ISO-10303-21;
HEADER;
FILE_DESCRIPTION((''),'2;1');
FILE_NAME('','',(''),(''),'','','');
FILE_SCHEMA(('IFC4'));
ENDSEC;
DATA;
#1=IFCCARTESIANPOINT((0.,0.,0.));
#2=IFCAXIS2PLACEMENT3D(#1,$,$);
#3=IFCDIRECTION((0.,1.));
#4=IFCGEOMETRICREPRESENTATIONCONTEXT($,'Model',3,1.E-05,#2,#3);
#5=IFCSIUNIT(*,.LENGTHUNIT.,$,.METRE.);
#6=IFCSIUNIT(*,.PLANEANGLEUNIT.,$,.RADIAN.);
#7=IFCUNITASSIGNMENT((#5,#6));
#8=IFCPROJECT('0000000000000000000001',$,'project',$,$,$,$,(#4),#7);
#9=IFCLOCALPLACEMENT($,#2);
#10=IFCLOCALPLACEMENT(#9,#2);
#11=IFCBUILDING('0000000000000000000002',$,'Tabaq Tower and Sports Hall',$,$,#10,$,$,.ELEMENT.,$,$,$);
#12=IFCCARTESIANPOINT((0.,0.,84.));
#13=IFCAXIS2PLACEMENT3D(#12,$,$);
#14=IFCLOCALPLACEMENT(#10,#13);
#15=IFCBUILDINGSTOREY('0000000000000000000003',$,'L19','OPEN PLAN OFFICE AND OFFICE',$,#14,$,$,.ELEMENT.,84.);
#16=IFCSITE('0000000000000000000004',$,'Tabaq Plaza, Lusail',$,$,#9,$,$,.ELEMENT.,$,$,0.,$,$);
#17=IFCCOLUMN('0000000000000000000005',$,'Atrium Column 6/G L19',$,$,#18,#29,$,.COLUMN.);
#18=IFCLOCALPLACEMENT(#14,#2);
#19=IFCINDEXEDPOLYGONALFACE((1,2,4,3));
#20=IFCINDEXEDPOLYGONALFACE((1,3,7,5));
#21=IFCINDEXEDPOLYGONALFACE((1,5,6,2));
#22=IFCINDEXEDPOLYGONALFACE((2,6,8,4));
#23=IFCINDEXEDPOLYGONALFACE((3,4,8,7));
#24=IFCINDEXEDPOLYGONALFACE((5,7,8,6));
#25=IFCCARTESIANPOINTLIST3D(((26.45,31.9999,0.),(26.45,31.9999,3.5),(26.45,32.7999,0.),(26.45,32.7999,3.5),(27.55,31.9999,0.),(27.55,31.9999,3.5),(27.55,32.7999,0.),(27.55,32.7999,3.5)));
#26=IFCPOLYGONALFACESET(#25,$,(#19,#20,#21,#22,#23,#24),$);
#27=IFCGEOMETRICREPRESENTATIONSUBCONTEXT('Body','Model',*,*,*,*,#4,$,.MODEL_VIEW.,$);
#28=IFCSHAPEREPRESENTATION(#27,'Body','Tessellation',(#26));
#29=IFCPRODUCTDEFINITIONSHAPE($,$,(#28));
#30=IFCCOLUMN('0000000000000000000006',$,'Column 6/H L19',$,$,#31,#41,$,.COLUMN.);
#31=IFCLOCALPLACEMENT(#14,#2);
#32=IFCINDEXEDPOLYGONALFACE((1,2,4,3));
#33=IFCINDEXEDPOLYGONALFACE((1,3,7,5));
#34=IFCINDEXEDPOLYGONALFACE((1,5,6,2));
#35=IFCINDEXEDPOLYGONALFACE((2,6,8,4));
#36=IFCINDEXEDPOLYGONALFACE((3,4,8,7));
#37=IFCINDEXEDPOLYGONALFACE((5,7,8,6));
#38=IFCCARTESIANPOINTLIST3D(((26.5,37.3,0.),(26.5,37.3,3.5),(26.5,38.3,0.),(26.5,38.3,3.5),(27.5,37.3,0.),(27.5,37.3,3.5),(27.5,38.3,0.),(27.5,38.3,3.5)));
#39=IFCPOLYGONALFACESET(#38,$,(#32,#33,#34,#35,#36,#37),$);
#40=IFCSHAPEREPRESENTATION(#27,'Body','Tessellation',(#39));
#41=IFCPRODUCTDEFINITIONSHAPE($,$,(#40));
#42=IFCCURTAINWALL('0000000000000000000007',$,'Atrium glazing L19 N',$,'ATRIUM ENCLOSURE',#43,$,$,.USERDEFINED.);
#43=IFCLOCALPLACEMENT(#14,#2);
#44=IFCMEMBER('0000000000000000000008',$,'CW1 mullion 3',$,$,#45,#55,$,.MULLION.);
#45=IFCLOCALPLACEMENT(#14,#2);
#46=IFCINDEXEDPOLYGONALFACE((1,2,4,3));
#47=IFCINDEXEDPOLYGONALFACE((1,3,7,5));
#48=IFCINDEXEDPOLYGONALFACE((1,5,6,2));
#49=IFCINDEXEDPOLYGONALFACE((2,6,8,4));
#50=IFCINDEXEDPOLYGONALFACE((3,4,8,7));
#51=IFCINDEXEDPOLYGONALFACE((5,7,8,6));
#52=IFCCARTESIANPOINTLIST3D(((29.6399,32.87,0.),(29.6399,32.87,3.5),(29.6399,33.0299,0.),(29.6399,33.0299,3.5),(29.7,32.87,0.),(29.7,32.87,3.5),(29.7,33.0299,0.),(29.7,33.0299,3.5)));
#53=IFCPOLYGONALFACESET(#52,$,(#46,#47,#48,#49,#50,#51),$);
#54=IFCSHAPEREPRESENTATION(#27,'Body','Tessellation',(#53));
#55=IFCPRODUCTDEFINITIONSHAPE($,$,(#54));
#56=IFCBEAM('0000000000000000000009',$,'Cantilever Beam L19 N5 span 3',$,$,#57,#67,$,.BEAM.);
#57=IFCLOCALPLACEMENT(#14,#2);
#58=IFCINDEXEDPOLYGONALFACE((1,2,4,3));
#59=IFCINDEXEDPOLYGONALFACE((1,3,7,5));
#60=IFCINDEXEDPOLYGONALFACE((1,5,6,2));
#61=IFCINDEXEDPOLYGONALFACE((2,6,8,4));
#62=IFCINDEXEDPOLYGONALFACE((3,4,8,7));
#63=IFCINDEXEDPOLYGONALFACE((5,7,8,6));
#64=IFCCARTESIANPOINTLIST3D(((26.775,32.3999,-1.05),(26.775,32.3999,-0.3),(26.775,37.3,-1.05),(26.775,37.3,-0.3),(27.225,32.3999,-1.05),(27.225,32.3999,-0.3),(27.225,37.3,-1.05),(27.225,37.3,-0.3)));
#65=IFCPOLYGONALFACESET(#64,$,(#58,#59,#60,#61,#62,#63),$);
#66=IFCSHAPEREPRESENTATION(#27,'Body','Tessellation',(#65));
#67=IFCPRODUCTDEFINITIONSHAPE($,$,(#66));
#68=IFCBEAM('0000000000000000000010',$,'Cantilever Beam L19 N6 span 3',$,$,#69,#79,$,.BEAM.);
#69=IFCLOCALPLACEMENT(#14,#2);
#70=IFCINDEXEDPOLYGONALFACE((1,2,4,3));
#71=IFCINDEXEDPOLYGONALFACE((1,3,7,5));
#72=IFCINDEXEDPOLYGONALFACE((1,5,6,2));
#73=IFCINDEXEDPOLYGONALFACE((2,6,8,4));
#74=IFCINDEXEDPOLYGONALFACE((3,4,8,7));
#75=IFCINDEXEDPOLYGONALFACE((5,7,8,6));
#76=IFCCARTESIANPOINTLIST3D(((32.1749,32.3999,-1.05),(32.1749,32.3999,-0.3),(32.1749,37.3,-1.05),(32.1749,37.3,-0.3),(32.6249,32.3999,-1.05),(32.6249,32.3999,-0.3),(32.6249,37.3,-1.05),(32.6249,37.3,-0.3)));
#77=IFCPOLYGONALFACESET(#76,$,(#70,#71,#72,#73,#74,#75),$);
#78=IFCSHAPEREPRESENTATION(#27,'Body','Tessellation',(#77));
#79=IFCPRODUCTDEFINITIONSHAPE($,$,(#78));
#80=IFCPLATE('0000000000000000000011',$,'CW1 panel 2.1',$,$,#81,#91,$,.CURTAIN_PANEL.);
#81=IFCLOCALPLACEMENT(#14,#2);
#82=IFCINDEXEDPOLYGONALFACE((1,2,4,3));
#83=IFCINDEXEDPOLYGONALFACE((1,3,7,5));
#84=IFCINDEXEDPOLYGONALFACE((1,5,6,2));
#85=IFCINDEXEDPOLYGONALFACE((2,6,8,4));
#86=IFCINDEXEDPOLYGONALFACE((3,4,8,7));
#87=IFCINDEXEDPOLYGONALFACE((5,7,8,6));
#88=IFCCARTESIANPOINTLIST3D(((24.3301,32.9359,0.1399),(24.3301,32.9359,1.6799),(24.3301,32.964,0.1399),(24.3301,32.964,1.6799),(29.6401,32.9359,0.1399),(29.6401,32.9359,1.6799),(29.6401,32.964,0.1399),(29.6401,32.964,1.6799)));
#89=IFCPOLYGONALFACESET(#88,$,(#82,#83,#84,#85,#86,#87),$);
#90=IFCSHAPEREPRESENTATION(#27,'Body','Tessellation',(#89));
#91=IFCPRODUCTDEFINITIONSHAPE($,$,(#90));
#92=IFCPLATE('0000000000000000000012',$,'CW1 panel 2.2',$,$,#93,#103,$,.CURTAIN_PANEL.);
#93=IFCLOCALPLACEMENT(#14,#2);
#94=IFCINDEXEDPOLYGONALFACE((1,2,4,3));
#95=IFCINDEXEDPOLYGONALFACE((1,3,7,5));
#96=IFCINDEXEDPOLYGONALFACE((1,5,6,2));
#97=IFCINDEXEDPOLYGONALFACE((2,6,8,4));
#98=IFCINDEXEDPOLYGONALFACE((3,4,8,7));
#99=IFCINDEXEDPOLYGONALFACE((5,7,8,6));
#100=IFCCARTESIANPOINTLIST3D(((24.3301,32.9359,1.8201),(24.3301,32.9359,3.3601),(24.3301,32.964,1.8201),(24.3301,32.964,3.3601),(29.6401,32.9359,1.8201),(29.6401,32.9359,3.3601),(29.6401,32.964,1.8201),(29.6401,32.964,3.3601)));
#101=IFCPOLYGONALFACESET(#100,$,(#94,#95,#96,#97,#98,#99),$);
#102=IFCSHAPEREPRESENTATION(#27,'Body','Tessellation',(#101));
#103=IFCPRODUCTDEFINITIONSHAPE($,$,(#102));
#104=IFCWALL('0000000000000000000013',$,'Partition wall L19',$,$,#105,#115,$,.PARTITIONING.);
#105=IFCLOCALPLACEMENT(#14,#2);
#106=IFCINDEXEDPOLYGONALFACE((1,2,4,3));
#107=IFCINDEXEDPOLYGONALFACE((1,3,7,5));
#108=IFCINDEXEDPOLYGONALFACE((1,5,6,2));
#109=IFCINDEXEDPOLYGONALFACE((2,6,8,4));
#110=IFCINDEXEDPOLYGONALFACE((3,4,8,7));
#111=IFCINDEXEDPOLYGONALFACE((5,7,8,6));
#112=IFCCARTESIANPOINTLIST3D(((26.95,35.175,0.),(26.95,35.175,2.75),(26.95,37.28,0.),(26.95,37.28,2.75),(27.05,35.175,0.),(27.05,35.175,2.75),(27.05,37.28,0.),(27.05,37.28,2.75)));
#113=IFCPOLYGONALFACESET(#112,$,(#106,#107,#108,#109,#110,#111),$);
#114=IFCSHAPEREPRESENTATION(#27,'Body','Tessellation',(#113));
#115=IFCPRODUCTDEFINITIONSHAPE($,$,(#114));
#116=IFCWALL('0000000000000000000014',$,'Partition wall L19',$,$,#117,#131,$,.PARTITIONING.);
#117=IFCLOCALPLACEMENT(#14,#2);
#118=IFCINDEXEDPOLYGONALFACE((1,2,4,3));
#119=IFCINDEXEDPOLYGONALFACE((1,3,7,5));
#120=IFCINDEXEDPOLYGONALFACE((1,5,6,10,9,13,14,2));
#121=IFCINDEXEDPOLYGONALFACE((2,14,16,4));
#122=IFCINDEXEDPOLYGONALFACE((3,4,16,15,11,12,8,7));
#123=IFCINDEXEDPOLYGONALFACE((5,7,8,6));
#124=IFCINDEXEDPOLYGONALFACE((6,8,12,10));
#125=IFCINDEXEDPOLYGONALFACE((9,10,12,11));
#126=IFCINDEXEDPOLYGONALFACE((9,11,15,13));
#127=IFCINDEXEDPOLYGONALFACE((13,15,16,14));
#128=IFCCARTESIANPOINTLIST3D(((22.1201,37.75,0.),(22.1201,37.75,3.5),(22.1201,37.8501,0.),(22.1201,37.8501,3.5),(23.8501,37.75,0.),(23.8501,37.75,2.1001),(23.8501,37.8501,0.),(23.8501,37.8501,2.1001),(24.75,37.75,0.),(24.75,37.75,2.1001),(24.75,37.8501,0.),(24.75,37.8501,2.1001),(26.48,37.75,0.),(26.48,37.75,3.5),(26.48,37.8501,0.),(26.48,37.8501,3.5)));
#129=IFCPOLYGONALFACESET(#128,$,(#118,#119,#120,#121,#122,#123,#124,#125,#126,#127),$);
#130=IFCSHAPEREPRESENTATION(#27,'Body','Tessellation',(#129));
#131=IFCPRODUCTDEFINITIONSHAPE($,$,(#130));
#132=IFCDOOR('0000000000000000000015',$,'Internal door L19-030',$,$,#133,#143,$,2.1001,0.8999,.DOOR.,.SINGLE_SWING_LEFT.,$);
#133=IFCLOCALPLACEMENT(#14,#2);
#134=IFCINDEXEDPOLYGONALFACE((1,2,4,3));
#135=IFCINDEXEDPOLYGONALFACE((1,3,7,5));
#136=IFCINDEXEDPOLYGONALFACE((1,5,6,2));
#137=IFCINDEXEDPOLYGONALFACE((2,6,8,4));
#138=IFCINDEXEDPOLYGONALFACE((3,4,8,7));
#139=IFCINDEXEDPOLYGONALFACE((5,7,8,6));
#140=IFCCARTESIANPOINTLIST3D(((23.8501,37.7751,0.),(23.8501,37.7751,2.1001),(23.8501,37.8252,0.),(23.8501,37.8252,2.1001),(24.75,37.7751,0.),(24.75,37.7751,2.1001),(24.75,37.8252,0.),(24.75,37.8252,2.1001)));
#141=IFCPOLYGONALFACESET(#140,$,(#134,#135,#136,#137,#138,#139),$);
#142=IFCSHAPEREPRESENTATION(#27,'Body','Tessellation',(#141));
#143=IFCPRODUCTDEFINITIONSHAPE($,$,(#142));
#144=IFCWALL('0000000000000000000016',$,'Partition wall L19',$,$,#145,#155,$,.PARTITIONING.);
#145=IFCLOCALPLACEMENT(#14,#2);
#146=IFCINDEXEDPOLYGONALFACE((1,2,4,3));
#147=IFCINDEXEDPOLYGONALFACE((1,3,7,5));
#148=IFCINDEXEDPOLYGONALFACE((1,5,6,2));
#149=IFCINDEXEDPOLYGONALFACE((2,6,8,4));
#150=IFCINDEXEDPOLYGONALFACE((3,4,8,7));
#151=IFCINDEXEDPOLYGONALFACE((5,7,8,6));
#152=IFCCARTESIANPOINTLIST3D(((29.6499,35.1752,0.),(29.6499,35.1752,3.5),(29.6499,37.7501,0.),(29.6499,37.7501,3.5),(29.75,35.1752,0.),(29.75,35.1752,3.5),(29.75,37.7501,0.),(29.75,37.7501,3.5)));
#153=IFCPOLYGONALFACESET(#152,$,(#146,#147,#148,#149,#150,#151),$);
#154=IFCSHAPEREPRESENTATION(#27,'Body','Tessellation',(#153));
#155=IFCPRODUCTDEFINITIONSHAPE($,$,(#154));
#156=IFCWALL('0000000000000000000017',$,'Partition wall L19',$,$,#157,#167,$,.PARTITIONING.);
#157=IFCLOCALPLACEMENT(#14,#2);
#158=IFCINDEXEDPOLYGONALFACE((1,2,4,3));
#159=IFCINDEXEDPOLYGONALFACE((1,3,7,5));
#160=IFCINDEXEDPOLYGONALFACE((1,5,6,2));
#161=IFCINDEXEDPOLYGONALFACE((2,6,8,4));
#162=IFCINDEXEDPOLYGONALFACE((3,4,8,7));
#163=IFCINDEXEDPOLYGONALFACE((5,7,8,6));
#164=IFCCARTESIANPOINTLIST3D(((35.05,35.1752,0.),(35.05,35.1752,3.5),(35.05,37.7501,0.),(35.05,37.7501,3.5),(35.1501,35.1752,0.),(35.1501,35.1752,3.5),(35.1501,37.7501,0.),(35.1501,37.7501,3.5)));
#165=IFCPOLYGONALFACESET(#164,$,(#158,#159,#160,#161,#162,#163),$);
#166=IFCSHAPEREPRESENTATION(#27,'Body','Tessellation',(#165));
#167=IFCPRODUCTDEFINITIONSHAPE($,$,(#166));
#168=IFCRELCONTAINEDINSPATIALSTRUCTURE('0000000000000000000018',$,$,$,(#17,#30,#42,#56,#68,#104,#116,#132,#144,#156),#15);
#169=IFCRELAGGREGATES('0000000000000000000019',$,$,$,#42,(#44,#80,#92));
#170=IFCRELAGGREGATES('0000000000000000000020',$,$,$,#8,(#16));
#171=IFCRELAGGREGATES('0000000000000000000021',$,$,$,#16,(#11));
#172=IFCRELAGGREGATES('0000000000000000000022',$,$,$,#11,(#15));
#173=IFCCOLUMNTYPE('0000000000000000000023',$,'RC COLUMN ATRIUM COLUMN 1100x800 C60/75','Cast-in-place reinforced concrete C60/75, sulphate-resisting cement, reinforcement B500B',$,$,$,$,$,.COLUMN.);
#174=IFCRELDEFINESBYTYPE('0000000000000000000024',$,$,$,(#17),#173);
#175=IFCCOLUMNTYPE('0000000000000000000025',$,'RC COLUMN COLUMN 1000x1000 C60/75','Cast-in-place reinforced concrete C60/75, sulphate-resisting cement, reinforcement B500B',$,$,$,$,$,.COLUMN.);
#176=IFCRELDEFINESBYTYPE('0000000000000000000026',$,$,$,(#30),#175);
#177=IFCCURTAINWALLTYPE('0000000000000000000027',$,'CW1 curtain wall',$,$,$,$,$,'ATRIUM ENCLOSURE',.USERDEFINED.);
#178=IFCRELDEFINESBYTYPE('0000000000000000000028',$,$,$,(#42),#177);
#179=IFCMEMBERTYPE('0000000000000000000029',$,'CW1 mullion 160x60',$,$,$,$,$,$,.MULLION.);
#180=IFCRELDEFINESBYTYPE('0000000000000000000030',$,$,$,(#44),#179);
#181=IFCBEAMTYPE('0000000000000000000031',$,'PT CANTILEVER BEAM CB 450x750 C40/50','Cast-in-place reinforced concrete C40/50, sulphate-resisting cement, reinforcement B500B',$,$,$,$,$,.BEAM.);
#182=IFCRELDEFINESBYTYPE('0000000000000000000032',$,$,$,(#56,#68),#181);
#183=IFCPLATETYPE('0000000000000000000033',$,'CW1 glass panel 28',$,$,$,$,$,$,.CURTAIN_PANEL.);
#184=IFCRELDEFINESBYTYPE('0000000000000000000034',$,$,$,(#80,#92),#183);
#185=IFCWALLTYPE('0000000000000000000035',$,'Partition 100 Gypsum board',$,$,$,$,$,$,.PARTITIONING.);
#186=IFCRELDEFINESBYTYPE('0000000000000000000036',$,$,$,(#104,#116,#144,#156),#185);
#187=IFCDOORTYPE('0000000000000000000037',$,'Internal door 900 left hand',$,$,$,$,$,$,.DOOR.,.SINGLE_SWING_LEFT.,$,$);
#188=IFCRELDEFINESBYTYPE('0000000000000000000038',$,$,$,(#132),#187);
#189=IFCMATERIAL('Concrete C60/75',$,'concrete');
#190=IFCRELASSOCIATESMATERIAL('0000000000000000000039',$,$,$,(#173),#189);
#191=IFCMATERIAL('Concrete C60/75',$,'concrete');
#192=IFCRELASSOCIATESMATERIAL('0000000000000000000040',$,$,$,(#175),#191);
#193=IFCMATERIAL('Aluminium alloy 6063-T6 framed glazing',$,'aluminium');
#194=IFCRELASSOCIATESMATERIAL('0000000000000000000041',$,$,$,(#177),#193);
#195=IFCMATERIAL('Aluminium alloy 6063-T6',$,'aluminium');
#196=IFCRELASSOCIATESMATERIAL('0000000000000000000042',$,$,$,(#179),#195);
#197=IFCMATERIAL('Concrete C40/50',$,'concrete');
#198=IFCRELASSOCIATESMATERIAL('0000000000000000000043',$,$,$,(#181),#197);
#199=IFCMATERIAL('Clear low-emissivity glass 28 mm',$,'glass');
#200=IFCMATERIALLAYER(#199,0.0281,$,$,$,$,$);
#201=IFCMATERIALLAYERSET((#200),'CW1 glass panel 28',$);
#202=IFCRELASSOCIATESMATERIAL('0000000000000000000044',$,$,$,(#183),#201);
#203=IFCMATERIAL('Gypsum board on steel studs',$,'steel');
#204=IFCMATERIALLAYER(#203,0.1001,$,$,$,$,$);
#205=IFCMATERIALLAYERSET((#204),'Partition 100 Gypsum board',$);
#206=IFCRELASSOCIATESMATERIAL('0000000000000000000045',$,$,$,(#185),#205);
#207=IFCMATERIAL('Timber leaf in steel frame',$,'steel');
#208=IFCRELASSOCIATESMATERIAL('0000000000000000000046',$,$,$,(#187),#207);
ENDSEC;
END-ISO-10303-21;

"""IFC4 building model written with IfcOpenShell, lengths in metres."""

from ifc_helpers import new_model, si_unit, direction, frame, frame_2d, origin, origin_2d, place, context, subcontext, project, spatial, rectangle, extrude, material, layer, layer_set, material_profile, profile_set, type_object, element, fill, aggregate, save


model = new_model("IFC4")

# Units and contexts
model_context = context("Model", 3, precision=1e-05, world=origin(), true_north=direction((0.0, 1.0)))
body_context = subcontext(model_context, "Body", "Model", "MODEL_VIEW")
ifc_project = project(units=[si_unit("LENGTHUNIT", "METRE"), si_unit("PLANEANGLEUNIT", "RADIAN")], contexts=[model_context])

# Site, building, storey
site_placement = place(None, origin())
site = spatial("IfcSite", under=ifc_project, at=site_placement, Name="Tabaq Plaza, Lusail", CompositionType="ELEMENT", RefElevation=0.0)
building_placement = place(site_placement, origin())
building = spatial("IfcBuilding", under=site, at=building_placement, Name="Tabaq Tower and Sports Hall", CompositionType="ELEMENT")
storey_placement = place(building_placement, frame((0.0, 0.0, 84.0)))
storey = spatial("IfcBuildingStorey", under=building, at=storey_placement, Name="L19", Description="OPEN PLAN OFFICE AND OFFICE", CompositionType="ELEMENT", Elevation=84.0)

# Columns
ifc_material_1 = material(Name="Concrete C60/75", Category="concrete")
ifc_material_profile_1 = material_profile(ifc_material_1, rectangle(XDim=1.1001, YDim=0.8, at=origin_2d()), Name="ATRIUM COLUMN 1100x800")
ifc_profile_set_1 = profile_set([ifc_material_profile_1], Name="Concrete C60/75")
column_type_1 = type_object("IfcColumnType", Name="RC COLUMN ATRIUM COLUMN 1100x800 C60/75", Description="Cast-in-place reinforced concrete C60/75, sulphate-resisting cement, reinforcement B500B", PredefinedType="COLUMN", material=ifc_profile_set_1)
column_1_placement = place(storey_placement, frame((27.0, 32.3999, 0.0), z_axis=(0.0, 0.0, 1.0), x_axis=(1.0, 0.0, 0.0)))
element("IfcColumn", 1, at=column_1_placement, inside=storey, type_object=column_type_1, Name="Atrium Column 6/G L19", PredefinedType="COLUMN", context=body_context, shape_type="SweptSolid", body=[
    extrude(rectangle(XDim=1.1001, YDim=0.8, at=origin_2d()), origin(), (0.0, 0.0, 1.0), 3.5),
])
ifc_material_2 = material(Name="Concrete C60/75", Category="concrete")
ifc_material_profile_2 = material_profile(ifc_material_2, rectangle(XDim=1.0, YDim=1.0, at=origin_2d()), Name="COLUMN 1000x1000")
ifc_profile_set_2 = profile_set([ifc_material_profile_2], Name="Concrete C60/75")
column_type_2 = type_object("IfcColumnType", Name="RC COLUMN COLUMN 1000x1000 C60/75", Description="Cast-in-place reinforced concrete C60/75, sulphate-resisting cement, reinforcement B500B", PredefinedType="COLUMN", material=ifc_profile_set_2)
column_2_placement = place(storey_placement, frame((27.0, 37.8, 0.0), z_axis=(0.0, 0.0, 1.0), x_axis=(1.0, 0.0, 0.0)))
element("IfcColumn", 2, at=column_2_placement, inside=storey, type_object=column_type_2, Name="Column 6/H L19", PredefinedType="COLUMN", context=body_context, shape_type="SweptSolid", body=[
    extrude(rectangle(XDim=1.0, YDim=1.0, at=origin_2d()), origin(), (0.0, 0.0, 1.0), 3.5),
])

# Curtain wall, member
ifc_material_3 = material(Name="Aluminium alloy 6063-T6 framed glazing", Category="aluminium")
curtain_wall_type = type_object("IfcCurtainWallType", Name="CW1 curtain wall", ElementType="ATRIUM ENCLOSURE", PredefinedType="USERDEFINED", material=ifc_material_3)
curtain_wall_placement = place(storey_placement, origin())
curtain_wall = element("IfcCurtainWall", 3, at=curtain_wall_placement, inside=storey, type_object=curtain_wall_type, Name="Atrium glazing L19 N", ObjectType="ATRIUM ENCLOSURE", PredefinedType="USERDEFINED")
ifc_material_4 = material(Name="Aluminium alloy 6063-T6", Category="aluminium")
ifc_material_profile_3 = material_profile(ifc_material_4, rectangle(XDim=0.1599, YDim=0.0601, at=origin_2d()), Name="MULLION 160x60")
ifc_profile_set_3 = profile_set([ifc_material_profile_3], Name="Aluminium alloy 6063-T6")
member_type = type_object("IfcMemberType", Name="CW1 mullion 160x60", PredefinedType="MULLION", material=ifc_profile_set_3)
member_placement = place(storey_placement, frame((29.6699, 32.95, 0.0), z_axis=(0.0, 0.0, 1.0), x_axis=(0.0, 1.0, 0.0)))
member = element("IfcMember", 4, at=member_placement, type_object=member_type, Name="CW1 mullion 3", PredefinedType="MULLION", context=body_context, shape_type="SweptSolid", body=[
    extrude(rectangle(XDim=0.1599, YDim=0.0601, at=origin_2d()), origin(), (0.0, 0.0, 1.0), 3.5),
])

# Beams
ifc_material_5 = material(Name="Concrete C40/50", Category="concrete")
ifc_material_profile_4 = material_profile(ifc_material_5, rectangle(XDim=0.45, YDim=0.75, at=origin_2d()), Name="CB 450x750")
ifc_profile_set_4 = profile_set([ifc_material_profile_4], Name="Concrete C40/50")
beam_type = type_object("IfcBeamType", Name="PT CANTILEVER BEAM CB 450x750 C40/50", Description="Cast-in-place reinforced concrete C40/50, sulphate-resisting cement, reinforcement B500B", PredefinedType="BEAM", material=ifc_profile_set_4)
for number, where, z_axis, x_axis, name in (
    (5, (27.0, 37.3, -0.675), (0.0, -1.0, 0.0), (1.0, 0.0, 0.0), "Cantilever Beam L19 N5 span 3"),
    (6, (32.3999, 37.3, -0.675), (0.0, -1.0, 0.0), (1.0, 0.0, 0.0), "Cantilever Beam L19 N6 span 3"),
):
    element("IfcBeam", number, at=place(storey_placement, frame(where, z_axis=z_axis, x_axis=x_axis)), inside=storey, type_object=beam_type, Name=name, PredefinedType="BEAM", context=body_context, shape_type="SweptSolid", body=[
        extrude(rectangle(XDim=0.45, YDim=0.75, at=origin_2d()), origin(), (0.0, 0.0, 1.0), 4.9001),
    ])

# Plates
ifc_material_6 = material(Name="Clear low-emissivity glass 28 mm", Category="glass")
ifc_layer_1 = layer(ifc_material_6, 0.0281)
ifc_layer_set_1 = layer_set([ifc_layer_1], Name="CW1 glass panel 28")
plate_type = type_object("IfcPlateType", Name="CW1 glass panel 28", PredefinedType="CURTAIN_PANEL", material=ifc_layer_set_1)
plate_1_placement = place(storey_placement, frame((26.9851, 32.95, 0.1399), z_axis=(0.0, 0.0, 1.0), x_axis=(1.0, 0.0, 0.0)))
plate_1 = element("IfcPlate", 7, at=plate_1_placement, type_object=plate_type, Name="CW1 panel 2.1", PredefinedType="CURTAIN_PANEL", context=body_context, shape_type="SweptSolid", body=[
    extrude(rectangle(XDim=5.3101, YDim=0.0281, at=origin_2d()), origin(), (0.0, 0.0, 1.0), 1.54),
])
plate_2_placement = place(storey_placement, frame((26.9851, 32.95, 1.8201), z_axis=(0.0, 0.0, 1.0), x_axis=(1.0, 0.0, 0.0)))
plate_2 = element("IfcPlate", 8, at=plate_2_placement, type_object=plate_type, Name="CW1 panel 2.2", PredefinedType="CURTAIN_PANEL", context=body_context, shape_type="SweptSolid", body=[
    extrude(rectangle(XDim=5.3101, YDim=0.0281, at=origin_2d()), origin(), (0.0, 0.0, 1.0), 1.54),
])
aggregate(curtain_wall, [member, plate_1, plate_2])

# Wall
ifc_material_7 = material(Name="Gypsum board on steel studs", Category="steel")
ifc_layer_2 = layer(ifc_material_7, 0.1001)
ifc_layer_set_2 = layer_set([ifc_layer_2], Name="Partition 100 Gypsum board")
wall_type_1 = type_object("IfcWallType", Name="Partition 100 Gypsum board", PredefinedType="PARTITIONING", material=ifc_layer_set_2)
wall_1_placement = place(storey_placement, frame((27.0, 35.175, 0.0), z_axis=(0.0, 0.0, 1.0), x_axis=(0.0, 1.0, 0.0)))
element("IfcWall", 9, at=wall_1_placement, inside=storey, type_object=wall_type_1, Name="Partition wall L19", PredefinedType="PARTITIONING", context=body_context, shape_type="SweptSolid", body=[
    extrude(rectangle(XDim=2.105, YDim=0.1001, at=frame_2d((1.0525, 0.0))), origin(), (0.0, 0.0, 1.0), 2.75),
])

# Wall, opening, door
wall_2_placement = place(storey_placement, frame((26.48, 37.8, 0.0), z_axis=(0.0, 0.0, 1.0), x_axis=(-1.0, 0.0, 0.0)))
wall_2 = element("IfcWall", 10, at=wall_2_placement, inside=storey, type_object=wall_type_1, Name="Partition wall L19", PredefinedType="PARTITIONING", context=body_context, shape_type="SweptSolid", body=[
    extrude(rectangle(XDim=4.3599, YDim=0.1001, at=frame_2d((2.1799, 0.0))), origin(), (0.0, 0.0, 1.0), 3.5),
])
opening_1_placement = place(wall_2_placement, frame((1.73, 0.0, 0.0)))
opening_1 = element("IfcOpeningElement", 11, at=opening_1_placement, cuts=wall_2, PredefinedType="OPENING", context=body_context, shape_type="SweptSolid", body=[
    extrude(rectangle(XDim=0.8999, YDim=2.1001, at=frame_2d((0.45, 1.05))), frame((0.0, 0.05, 0.0), z_axis=(0.0, -1.0, 0.0), x_axis=(1.0, 0.0, 0.0)), (0.0, 0.0, 1.0), 0.1001),
])
ifc_material_8 = material(Name="Timber leaf in steel frame", Category="steel")
door_type_1 = type_object("IfcDoorType", Name="Internal door 900 left hand", OperationType="SINGLE_SWING_LEFT", PredefinedType="DOOR", material=ifc_material_8)
door_1_placement = place(opening_1_placement, origin())
door_1 = element("IfcDoor", 12, at=door_1_placement, inside=storey, type_object=door_type_1, Name="Internal door L19-030", OperationType="SINGLE_SWING_LEFT", OverallHeight=2.1001, OverallWidth=0.8999, PredefinedType="DOOR", context=body_context, shape_type="SweptSolid", body=[
    extrude(rectangle(XDim=0.8999, YDim=2.1001, at=frame_2d((0.45, 1.05))), frame((0.0, 0.0249, 0.0), z_axis=(0.0, -1.0, 0.0), x_axis=(1.0, 0.0, 0.0)), (0.0, 0.0, 1.0), 0.05),
])
fill(opening_1, door_1)

# Walls
for number, where, z_axis, x_axis, name in (
    (13, (29.7, 35.175, 0.0), (0.0, 0.0, 1.0), (0.0, 1.0, 0.0), "Partition wall L19"),
    (14, (35.1001, 35.175, 0.0), (0.0, 0.0, 1.0), (0.0, 1.0, 0.0), "Partition wall L19"),
):
    element("IfcWall", number, at=place(storey_placement, frame(where, z_axis=z_axis, x_axis=x_axis)), inside=storey, type_object=wall_type_1, Name=name, PredefinedType="PARTITIONING", context=body_context, shape_type="SweptSolid", body=[
        extrude(rectangle(XDim=2.575, YDim=0.1001, at=frame_2d((1.2876, 0.0))), origin(), (0.0, 0.0, 1.0), 3.5),
    ])

save(model, "model.ifc")
